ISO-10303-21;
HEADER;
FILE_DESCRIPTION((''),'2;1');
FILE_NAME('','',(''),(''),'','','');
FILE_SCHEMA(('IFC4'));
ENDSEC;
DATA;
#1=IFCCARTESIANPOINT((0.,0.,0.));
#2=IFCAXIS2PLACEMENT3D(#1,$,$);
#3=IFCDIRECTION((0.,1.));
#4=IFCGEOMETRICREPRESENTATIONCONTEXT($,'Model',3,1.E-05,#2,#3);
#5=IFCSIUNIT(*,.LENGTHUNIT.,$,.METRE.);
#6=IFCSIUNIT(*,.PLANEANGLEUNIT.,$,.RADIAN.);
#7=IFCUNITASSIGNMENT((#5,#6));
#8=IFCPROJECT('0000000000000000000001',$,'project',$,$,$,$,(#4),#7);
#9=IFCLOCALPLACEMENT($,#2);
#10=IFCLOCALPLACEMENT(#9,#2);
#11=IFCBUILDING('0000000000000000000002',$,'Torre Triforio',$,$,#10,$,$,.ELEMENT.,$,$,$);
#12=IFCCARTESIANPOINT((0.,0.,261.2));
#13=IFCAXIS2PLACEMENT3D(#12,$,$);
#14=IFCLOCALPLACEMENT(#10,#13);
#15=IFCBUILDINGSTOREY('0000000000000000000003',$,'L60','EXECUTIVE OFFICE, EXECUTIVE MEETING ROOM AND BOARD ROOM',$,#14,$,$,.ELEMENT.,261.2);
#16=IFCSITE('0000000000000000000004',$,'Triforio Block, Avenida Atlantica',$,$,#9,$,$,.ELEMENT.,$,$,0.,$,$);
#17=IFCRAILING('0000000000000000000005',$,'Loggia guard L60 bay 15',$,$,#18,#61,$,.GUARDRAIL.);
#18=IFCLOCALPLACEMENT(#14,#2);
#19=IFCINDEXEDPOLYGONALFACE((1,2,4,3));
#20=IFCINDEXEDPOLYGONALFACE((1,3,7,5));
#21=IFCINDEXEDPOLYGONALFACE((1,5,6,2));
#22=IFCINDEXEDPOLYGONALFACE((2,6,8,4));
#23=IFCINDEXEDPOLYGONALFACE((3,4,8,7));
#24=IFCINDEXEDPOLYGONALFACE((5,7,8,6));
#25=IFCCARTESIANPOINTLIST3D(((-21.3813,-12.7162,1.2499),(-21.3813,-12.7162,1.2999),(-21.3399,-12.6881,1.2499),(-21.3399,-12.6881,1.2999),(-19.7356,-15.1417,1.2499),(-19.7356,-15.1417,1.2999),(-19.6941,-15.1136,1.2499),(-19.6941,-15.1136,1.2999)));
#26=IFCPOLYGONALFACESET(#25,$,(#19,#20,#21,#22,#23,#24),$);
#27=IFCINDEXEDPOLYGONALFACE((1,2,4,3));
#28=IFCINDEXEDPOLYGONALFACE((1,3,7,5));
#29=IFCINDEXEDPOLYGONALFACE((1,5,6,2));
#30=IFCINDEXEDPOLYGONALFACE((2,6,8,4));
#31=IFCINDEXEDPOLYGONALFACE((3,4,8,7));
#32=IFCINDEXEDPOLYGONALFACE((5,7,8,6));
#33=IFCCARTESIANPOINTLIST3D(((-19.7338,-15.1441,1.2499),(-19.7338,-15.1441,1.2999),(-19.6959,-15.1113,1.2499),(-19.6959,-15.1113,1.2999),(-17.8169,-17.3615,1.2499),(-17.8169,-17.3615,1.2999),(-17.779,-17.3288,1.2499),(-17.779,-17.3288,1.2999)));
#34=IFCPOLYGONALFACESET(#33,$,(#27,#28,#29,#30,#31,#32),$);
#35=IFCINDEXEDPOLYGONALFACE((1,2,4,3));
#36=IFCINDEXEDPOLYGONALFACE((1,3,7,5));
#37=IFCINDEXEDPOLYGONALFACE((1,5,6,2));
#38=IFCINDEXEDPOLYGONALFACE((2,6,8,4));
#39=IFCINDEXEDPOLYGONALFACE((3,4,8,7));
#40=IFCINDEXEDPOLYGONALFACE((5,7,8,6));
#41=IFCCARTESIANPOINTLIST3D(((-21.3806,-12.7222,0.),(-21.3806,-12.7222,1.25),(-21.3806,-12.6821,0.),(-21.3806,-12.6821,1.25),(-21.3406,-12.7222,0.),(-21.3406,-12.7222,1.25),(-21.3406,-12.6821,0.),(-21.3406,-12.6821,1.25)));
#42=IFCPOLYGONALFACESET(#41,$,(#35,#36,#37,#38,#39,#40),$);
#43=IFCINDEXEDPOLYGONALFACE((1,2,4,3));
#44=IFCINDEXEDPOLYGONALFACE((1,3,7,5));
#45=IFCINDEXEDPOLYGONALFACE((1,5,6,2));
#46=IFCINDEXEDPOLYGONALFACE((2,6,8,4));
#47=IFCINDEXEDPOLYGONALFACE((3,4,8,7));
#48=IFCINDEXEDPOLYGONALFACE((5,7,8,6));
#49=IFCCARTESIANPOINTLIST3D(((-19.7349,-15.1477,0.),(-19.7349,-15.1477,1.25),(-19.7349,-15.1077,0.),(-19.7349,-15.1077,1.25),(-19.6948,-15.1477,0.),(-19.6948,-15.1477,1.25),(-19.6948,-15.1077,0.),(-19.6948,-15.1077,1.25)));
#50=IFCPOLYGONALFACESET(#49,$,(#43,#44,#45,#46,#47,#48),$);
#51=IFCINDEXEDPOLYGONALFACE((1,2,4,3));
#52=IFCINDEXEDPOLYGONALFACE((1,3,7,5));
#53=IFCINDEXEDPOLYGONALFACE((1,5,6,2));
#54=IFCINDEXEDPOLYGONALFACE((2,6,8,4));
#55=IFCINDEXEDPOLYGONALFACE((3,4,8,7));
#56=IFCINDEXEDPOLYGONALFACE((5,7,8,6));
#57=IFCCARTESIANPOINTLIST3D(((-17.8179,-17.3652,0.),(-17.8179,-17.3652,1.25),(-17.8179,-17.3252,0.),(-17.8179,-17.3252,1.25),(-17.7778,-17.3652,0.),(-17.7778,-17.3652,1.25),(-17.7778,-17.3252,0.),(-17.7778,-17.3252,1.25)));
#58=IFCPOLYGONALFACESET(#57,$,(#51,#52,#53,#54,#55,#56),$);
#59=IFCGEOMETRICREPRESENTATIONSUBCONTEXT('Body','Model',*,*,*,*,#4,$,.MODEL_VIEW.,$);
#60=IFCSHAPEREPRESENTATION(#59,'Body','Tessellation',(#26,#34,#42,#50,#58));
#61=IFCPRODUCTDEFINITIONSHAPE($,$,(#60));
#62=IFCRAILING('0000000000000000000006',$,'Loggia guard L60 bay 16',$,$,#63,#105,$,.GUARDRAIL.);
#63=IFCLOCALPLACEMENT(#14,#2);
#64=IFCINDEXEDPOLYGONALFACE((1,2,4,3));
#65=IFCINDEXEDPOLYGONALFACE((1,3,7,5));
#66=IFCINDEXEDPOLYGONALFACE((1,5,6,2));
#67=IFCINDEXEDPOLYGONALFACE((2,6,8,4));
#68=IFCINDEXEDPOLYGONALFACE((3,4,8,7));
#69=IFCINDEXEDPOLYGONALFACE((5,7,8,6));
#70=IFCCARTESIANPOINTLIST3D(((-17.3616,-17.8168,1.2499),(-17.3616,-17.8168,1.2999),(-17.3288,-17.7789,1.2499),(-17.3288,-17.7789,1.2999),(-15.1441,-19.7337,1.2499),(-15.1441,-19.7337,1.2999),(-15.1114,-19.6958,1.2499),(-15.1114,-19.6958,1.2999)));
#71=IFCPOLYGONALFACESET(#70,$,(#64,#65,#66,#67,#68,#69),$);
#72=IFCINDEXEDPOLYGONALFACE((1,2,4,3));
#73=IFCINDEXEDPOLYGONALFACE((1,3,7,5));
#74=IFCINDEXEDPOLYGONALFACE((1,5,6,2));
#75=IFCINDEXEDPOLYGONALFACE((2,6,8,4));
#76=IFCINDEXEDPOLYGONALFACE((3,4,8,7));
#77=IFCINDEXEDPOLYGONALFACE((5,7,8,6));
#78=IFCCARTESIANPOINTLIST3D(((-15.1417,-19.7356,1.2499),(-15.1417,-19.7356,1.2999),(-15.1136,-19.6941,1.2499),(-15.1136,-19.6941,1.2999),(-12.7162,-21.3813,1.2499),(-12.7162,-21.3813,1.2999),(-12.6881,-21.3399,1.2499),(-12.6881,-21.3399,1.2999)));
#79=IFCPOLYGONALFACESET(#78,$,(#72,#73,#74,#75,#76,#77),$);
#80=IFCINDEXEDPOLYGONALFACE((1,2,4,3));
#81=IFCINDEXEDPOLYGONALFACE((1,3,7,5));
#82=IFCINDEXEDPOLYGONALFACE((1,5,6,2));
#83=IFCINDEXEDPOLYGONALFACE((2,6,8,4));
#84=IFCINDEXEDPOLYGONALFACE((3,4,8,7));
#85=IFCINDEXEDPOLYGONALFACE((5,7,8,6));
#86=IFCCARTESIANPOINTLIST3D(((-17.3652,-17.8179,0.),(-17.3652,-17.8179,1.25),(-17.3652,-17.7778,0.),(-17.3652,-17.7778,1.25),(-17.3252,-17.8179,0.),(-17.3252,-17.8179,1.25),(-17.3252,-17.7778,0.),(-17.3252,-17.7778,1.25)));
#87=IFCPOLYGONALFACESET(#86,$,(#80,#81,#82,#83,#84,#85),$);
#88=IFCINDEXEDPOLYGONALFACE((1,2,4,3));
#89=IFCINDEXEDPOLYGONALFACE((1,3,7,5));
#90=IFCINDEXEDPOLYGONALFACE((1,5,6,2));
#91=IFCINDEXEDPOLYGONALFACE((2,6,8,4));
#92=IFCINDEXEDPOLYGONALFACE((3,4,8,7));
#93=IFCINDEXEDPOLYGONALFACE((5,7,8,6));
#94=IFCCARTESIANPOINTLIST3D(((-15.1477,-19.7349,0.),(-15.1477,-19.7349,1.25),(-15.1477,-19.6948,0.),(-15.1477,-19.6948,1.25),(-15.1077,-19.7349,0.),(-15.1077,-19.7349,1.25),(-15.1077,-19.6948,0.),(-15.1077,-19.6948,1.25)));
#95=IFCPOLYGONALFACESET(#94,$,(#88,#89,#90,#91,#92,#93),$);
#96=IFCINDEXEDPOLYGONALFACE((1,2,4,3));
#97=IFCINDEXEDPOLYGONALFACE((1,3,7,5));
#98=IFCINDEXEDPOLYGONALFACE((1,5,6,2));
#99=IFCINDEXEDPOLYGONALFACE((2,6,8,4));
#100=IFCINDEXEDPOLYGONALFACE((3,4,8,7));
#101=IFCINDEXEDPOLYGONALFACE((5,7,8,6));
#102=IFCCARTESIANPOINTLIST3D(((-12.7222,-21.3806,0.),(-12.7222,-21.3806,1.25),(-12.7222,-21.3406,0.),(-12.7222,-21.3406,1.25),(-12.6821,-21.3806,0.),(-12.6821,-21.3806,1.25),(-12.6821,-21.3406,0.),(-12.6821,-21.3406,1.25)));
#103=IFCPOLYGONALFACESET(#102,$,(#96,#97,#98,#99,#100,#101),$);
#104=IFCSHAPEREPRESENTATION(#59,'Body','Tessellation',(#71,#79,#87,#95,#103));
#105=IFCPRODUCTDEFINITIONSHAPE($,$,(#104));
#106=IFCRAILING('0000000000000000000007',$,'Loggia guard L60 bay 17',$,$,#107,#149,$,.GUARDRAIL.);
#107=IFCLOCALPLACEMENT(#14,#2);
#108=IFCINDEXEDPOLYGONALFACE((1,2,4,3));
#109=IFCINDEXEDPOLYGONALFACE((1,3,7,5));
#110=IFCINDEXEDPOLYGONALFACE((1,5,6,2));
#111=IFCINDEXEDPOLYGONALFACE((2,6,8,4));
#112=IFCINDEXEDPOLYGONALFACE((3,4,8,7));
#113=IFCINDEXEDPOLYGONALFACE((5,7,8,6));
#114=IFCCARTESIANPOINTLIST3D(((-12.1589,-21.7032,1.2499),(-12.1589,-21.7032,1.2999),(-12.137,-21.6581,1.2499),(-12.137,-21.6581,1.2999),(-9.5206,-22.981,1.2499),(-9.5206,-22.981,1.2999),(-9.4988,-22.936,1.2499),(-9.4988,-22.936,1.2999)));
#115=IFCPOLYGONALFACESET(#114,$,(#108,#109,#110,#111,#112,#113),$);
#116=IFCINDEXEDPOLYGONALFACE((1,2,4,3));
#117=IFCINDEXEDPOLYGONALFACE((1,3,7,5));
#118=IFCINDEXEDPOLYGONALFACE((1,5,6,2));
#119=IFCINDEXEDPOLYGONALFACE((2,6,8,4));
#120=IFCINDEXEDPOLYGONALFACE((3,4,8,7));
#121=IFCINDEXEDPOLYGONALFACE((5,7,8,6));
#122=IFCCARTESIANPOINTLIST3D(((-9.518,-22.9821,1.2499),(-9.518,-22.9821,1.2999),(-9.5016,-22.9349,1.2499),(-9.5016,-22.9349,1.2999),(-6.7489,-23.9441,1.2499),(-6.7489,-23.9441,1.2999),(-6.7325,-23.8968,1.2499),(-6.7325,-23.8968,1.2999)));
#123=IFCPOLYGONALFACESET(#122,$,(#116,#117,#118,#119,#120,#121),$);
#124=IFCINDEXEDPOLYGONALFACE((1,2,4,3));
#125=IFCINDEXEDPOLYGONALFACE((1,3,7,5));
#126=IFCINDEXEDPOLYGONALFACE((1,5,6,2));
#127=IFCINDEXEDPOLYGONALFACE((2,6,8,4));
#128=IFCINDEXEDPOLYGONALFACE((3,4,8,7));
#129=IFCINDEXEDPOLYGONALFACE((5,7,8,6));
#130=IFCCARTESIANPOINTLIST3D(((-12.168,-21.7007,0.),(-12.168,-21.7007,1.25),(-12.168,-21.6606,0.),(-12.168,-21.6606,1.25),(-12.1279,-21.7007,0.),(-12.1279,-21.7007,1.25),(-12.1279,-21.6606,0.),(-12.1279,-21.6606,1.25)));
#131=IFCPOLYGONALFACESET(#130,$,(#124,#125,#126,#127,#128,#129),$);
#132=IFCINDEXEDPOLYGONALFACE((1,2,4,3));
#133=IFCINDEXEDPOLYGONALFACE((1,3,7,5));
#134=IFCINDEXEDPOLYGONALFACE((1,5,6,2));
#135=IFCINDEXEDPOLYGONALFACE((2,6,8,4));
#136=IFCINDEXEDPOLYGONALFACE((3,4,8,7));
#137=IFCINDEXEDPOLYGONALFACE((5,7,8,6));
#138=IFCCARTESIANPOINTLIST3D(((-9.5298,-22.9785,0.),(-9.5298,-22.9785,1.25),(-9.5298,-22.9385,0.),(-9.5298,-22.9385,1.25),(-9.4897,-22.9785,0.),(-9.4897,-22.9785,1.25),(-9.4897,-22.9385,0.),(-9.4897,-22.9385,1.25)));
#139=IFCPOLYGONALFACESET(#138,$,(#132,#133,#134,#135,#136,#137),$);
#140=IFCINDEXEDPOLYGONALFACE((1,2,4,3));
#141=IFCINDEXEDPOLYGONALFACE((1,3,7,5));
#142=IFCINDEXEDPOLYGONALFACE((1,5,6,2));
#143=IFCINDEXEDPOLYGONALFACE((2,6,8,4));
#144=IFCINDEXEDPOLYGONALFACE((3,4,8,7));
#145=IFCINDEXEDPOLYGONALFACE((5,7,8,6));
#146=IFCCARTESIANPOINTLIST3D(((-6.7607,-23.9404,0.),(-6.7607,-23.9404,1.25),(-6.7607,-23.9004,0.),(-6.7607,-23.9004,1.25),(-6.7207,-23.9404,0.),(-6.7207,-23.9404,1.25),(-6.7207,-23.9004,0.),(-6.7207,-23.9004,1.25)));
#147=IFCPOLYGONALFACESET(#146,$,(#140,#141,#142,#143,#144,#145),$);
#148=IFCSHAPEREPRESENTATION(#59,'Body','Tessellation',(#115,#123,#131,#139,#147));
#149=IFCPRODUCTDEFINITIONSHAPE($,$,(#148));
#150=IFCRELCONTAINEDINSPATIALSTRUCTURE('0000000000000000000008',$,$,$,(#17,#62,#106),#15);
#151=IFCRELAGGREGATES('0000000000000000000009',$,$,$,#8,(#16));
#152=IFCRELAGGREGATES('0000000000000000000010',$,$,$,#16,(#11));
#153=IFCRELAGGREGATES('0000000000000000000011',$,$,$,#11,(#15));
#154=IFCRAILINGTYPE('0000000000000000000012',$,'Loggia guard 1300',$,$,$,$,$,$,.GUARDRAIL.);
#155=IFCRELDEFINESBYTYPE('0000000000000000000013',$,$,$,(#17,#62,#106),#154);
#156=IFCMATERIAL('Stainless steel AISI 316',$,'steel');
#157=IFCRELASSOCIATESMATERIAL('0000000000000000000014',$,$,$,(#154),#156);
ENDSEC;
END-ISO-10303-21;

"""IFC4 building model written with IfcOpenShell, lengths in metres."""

from ifc_helpers import new_model, si_unit, direction, frame, origin, origin_2d, place, context, subcontext, project, spatial, rectangle, extrude, material, type_object, element, save


model = new_model("IFC4")

# Units and contexts
model_context = context("Model", 3, precision=1e-05, world=origin(), true_north=direction((0.0, 1.0)))
body_context = subcontext(model_context, "Body", "Model", "MODEL_VIEW")
ifc_project = project(units=[si_unit("LENGTHUNIT", "METRE"), si_unit("PLANEANGLEUNIT", "RADIAN")], contexts=[model_context])

# Site, building, storey
site_placement = place(None, origin())
site = spatial("IfcSite", under=ifc_project, at=site_placement, Name="Triforio Block, Avenida Atlantica", CompositionType="ELEMENT", RefElevation=0.0)
building_placement = place(site_placement, origin())
building = spatial("IfcBuilding", under=site, at=building_placement, Name="Torre Triforio", CompositionType="ELEMENT")
storey_placement = place(building_placement, frame((0.0, 0.0, 261.2)))
storey = spatial("IfcBuildingStorey", under=building, at=storey_placement, Name="L60", Description="EXECUTIVE OFFICE, EXECUTIVE MEETING ROOM AND BOARD ROOM", CompositionType="ELEMENT", Elevation=261.2)

# Railings
ifc_material_1 = material(Name="Stainless steel AISI 316", Category="steel")
railing_type = type_object("IfcRailingType", Name="Loggia guard 1300", PredefinedType="GUARDRAIL", material=ifc_material_1)
railing_1_placement = place(storey_placement, frame((-21.3606, -12.7021, 0.0)))
element("IfcRailing", 1, at=railing_1_placement, inside=storey, type_object=railing_type, Name="Loggia guard L60 bay 15", PredefinedType="GUARDRAIL", context=body_context, shape_type="SweptSolid", body=[
    extrude(rectangle(XDim=0.05, YDim=0.05, at=origin_2d()), frame((0.0, 0.0, 1.2749), z_axis=(0.561467, -0.827499, 0.0), x_axis=(0.827499, 0.561467, 0.0)), (0.0, 0.0, 1.0), 2.9312),
    extrude(rectangle(XDim=0.05, YDim=0.05, at=origin_2d()), frame((1.6458, -2.4255, 1.2749), z_axis=(0.653982, -0.75651, 0.0), x_axis=(0.75651, 0.653982, 0.0)), (0.0, 0.0, 1.0), 2.9312),
    extrude(rectangle(XDim=0.04, YDim=0.04, at=origin_2d()), origin(), (0.0, 0.0, 1.0), 1.25),
    extrude(rectangle(XDim=0.04, YDim=0.04, at=origin_2d()), frame((1.6458, -2.4255, 0.0)), (0.0, 0.0, 1.0), 1.25),
    extrude(rectangle(XDim=0.04, YDim=0.04, at=origin_2d()), frame((3.5627, -4.6431, 0.0)), (0.0, 0.0, 1.0), 1.25),
])
railing_2_placement = place(storey_placement, frame((-17.3452, -17.7979, 0.0)))
element("IfcRailing", 2, at=railing_2_placement, inside=storey, type_object=railing_type, Name="Loggia guard L60 bay 16", PredefinedType="GUARDRAIL", context=body_context, shape_type="SweptSolid", body=[
    extrude(rectangle(XDim=0.05, YDim=0.05, at=origin_2d()), frame((0.0, 0.0, 1.2749), z_axis=(0.75651, -0.653982, 0.0), x_axis=(0.653982, 0.75651, 0.0)), (0.0, 0.0, 1.0), 2.9312),
    extrude(rectangle(XDim=0.05, YDim=0.05, at=origin_2d()), frame((2.2175, -1.917, 1.2749), z_axis=(0.827499, -0.561467, 0.0), x_axis=(0.561467, 0.827499, 0.0)), (0.0, 0.0, 1.0), 2.9312),
    extrude(rectangle(XDim=0.04, YDim=0.04, at=origin_2d()), origin(), (0.0, 0.0, 1.0), 1.25),
    extrude(rectangle(XDim=0.04, YDim=0.04, at=origin_2d()), frame((2.2175, -1.917, 0.0)), (0.0, 0.0, 1.0), 1.25),
    extrude(rectangle(XDim=0.04, YDim=0.04, at=origin_2d()), frame((4.6431, -3.5627, 0.0)), (0.0, 0.0, 1.0), 1.25),
])
railing_3_placement = place(storey_placement, frame((-12.1479, -21.6807, 0.0)))
element("IfcRailing", 3, at=railing_3_placement, inside=storey, type_object=railing_type, Name="Loggia guard L60 bay 17", PredefinedType="GUARDRAIL", context=body_context, shape_type="SweptSolid", body=[
    extrude(rectangle(XDim=0.05, YDim=0.05, at=origin_2d()), frame((0.0, 0.0, 1.2749), z_axis=(0.899986, -0.435918, 0.0), x_axis=(0.435918, 0.899986, 0.0)), (0.0, 0.0, 1.0), 2.9314),
    extrude(rectangle(XDim=0.05, YDim=0.05, at=origin_2d()), frame((2.6382, -1.2778, 1.2749), z_axis=(0.944627, -0.328146, 0.0), x_axis=(0.328146, 0.944627, 0.0)), (0.0, 0.0, 1.0), 2.9314),
    extrude(rectangle(XDim=0.04, YDim=0.04, at=origin_2d()), origin(), (0.0, 0.0, 1.0), 1.25),
    extrude(rectangle(XDim=0.04, YDim=0.04, at=origin_2d()), frame((2.6382, -1.2778, 0.0)), (0.0, 0.0, 1.0), 1.25),
    extrude(rectangle(XDim=0.04, YDim=0.04, at=origin_2d()), frame((5.4072, -2.2397, 0.0)), (0.0, 0.0, 1.0), 1.25),
])

save(model, "model.ifc")
